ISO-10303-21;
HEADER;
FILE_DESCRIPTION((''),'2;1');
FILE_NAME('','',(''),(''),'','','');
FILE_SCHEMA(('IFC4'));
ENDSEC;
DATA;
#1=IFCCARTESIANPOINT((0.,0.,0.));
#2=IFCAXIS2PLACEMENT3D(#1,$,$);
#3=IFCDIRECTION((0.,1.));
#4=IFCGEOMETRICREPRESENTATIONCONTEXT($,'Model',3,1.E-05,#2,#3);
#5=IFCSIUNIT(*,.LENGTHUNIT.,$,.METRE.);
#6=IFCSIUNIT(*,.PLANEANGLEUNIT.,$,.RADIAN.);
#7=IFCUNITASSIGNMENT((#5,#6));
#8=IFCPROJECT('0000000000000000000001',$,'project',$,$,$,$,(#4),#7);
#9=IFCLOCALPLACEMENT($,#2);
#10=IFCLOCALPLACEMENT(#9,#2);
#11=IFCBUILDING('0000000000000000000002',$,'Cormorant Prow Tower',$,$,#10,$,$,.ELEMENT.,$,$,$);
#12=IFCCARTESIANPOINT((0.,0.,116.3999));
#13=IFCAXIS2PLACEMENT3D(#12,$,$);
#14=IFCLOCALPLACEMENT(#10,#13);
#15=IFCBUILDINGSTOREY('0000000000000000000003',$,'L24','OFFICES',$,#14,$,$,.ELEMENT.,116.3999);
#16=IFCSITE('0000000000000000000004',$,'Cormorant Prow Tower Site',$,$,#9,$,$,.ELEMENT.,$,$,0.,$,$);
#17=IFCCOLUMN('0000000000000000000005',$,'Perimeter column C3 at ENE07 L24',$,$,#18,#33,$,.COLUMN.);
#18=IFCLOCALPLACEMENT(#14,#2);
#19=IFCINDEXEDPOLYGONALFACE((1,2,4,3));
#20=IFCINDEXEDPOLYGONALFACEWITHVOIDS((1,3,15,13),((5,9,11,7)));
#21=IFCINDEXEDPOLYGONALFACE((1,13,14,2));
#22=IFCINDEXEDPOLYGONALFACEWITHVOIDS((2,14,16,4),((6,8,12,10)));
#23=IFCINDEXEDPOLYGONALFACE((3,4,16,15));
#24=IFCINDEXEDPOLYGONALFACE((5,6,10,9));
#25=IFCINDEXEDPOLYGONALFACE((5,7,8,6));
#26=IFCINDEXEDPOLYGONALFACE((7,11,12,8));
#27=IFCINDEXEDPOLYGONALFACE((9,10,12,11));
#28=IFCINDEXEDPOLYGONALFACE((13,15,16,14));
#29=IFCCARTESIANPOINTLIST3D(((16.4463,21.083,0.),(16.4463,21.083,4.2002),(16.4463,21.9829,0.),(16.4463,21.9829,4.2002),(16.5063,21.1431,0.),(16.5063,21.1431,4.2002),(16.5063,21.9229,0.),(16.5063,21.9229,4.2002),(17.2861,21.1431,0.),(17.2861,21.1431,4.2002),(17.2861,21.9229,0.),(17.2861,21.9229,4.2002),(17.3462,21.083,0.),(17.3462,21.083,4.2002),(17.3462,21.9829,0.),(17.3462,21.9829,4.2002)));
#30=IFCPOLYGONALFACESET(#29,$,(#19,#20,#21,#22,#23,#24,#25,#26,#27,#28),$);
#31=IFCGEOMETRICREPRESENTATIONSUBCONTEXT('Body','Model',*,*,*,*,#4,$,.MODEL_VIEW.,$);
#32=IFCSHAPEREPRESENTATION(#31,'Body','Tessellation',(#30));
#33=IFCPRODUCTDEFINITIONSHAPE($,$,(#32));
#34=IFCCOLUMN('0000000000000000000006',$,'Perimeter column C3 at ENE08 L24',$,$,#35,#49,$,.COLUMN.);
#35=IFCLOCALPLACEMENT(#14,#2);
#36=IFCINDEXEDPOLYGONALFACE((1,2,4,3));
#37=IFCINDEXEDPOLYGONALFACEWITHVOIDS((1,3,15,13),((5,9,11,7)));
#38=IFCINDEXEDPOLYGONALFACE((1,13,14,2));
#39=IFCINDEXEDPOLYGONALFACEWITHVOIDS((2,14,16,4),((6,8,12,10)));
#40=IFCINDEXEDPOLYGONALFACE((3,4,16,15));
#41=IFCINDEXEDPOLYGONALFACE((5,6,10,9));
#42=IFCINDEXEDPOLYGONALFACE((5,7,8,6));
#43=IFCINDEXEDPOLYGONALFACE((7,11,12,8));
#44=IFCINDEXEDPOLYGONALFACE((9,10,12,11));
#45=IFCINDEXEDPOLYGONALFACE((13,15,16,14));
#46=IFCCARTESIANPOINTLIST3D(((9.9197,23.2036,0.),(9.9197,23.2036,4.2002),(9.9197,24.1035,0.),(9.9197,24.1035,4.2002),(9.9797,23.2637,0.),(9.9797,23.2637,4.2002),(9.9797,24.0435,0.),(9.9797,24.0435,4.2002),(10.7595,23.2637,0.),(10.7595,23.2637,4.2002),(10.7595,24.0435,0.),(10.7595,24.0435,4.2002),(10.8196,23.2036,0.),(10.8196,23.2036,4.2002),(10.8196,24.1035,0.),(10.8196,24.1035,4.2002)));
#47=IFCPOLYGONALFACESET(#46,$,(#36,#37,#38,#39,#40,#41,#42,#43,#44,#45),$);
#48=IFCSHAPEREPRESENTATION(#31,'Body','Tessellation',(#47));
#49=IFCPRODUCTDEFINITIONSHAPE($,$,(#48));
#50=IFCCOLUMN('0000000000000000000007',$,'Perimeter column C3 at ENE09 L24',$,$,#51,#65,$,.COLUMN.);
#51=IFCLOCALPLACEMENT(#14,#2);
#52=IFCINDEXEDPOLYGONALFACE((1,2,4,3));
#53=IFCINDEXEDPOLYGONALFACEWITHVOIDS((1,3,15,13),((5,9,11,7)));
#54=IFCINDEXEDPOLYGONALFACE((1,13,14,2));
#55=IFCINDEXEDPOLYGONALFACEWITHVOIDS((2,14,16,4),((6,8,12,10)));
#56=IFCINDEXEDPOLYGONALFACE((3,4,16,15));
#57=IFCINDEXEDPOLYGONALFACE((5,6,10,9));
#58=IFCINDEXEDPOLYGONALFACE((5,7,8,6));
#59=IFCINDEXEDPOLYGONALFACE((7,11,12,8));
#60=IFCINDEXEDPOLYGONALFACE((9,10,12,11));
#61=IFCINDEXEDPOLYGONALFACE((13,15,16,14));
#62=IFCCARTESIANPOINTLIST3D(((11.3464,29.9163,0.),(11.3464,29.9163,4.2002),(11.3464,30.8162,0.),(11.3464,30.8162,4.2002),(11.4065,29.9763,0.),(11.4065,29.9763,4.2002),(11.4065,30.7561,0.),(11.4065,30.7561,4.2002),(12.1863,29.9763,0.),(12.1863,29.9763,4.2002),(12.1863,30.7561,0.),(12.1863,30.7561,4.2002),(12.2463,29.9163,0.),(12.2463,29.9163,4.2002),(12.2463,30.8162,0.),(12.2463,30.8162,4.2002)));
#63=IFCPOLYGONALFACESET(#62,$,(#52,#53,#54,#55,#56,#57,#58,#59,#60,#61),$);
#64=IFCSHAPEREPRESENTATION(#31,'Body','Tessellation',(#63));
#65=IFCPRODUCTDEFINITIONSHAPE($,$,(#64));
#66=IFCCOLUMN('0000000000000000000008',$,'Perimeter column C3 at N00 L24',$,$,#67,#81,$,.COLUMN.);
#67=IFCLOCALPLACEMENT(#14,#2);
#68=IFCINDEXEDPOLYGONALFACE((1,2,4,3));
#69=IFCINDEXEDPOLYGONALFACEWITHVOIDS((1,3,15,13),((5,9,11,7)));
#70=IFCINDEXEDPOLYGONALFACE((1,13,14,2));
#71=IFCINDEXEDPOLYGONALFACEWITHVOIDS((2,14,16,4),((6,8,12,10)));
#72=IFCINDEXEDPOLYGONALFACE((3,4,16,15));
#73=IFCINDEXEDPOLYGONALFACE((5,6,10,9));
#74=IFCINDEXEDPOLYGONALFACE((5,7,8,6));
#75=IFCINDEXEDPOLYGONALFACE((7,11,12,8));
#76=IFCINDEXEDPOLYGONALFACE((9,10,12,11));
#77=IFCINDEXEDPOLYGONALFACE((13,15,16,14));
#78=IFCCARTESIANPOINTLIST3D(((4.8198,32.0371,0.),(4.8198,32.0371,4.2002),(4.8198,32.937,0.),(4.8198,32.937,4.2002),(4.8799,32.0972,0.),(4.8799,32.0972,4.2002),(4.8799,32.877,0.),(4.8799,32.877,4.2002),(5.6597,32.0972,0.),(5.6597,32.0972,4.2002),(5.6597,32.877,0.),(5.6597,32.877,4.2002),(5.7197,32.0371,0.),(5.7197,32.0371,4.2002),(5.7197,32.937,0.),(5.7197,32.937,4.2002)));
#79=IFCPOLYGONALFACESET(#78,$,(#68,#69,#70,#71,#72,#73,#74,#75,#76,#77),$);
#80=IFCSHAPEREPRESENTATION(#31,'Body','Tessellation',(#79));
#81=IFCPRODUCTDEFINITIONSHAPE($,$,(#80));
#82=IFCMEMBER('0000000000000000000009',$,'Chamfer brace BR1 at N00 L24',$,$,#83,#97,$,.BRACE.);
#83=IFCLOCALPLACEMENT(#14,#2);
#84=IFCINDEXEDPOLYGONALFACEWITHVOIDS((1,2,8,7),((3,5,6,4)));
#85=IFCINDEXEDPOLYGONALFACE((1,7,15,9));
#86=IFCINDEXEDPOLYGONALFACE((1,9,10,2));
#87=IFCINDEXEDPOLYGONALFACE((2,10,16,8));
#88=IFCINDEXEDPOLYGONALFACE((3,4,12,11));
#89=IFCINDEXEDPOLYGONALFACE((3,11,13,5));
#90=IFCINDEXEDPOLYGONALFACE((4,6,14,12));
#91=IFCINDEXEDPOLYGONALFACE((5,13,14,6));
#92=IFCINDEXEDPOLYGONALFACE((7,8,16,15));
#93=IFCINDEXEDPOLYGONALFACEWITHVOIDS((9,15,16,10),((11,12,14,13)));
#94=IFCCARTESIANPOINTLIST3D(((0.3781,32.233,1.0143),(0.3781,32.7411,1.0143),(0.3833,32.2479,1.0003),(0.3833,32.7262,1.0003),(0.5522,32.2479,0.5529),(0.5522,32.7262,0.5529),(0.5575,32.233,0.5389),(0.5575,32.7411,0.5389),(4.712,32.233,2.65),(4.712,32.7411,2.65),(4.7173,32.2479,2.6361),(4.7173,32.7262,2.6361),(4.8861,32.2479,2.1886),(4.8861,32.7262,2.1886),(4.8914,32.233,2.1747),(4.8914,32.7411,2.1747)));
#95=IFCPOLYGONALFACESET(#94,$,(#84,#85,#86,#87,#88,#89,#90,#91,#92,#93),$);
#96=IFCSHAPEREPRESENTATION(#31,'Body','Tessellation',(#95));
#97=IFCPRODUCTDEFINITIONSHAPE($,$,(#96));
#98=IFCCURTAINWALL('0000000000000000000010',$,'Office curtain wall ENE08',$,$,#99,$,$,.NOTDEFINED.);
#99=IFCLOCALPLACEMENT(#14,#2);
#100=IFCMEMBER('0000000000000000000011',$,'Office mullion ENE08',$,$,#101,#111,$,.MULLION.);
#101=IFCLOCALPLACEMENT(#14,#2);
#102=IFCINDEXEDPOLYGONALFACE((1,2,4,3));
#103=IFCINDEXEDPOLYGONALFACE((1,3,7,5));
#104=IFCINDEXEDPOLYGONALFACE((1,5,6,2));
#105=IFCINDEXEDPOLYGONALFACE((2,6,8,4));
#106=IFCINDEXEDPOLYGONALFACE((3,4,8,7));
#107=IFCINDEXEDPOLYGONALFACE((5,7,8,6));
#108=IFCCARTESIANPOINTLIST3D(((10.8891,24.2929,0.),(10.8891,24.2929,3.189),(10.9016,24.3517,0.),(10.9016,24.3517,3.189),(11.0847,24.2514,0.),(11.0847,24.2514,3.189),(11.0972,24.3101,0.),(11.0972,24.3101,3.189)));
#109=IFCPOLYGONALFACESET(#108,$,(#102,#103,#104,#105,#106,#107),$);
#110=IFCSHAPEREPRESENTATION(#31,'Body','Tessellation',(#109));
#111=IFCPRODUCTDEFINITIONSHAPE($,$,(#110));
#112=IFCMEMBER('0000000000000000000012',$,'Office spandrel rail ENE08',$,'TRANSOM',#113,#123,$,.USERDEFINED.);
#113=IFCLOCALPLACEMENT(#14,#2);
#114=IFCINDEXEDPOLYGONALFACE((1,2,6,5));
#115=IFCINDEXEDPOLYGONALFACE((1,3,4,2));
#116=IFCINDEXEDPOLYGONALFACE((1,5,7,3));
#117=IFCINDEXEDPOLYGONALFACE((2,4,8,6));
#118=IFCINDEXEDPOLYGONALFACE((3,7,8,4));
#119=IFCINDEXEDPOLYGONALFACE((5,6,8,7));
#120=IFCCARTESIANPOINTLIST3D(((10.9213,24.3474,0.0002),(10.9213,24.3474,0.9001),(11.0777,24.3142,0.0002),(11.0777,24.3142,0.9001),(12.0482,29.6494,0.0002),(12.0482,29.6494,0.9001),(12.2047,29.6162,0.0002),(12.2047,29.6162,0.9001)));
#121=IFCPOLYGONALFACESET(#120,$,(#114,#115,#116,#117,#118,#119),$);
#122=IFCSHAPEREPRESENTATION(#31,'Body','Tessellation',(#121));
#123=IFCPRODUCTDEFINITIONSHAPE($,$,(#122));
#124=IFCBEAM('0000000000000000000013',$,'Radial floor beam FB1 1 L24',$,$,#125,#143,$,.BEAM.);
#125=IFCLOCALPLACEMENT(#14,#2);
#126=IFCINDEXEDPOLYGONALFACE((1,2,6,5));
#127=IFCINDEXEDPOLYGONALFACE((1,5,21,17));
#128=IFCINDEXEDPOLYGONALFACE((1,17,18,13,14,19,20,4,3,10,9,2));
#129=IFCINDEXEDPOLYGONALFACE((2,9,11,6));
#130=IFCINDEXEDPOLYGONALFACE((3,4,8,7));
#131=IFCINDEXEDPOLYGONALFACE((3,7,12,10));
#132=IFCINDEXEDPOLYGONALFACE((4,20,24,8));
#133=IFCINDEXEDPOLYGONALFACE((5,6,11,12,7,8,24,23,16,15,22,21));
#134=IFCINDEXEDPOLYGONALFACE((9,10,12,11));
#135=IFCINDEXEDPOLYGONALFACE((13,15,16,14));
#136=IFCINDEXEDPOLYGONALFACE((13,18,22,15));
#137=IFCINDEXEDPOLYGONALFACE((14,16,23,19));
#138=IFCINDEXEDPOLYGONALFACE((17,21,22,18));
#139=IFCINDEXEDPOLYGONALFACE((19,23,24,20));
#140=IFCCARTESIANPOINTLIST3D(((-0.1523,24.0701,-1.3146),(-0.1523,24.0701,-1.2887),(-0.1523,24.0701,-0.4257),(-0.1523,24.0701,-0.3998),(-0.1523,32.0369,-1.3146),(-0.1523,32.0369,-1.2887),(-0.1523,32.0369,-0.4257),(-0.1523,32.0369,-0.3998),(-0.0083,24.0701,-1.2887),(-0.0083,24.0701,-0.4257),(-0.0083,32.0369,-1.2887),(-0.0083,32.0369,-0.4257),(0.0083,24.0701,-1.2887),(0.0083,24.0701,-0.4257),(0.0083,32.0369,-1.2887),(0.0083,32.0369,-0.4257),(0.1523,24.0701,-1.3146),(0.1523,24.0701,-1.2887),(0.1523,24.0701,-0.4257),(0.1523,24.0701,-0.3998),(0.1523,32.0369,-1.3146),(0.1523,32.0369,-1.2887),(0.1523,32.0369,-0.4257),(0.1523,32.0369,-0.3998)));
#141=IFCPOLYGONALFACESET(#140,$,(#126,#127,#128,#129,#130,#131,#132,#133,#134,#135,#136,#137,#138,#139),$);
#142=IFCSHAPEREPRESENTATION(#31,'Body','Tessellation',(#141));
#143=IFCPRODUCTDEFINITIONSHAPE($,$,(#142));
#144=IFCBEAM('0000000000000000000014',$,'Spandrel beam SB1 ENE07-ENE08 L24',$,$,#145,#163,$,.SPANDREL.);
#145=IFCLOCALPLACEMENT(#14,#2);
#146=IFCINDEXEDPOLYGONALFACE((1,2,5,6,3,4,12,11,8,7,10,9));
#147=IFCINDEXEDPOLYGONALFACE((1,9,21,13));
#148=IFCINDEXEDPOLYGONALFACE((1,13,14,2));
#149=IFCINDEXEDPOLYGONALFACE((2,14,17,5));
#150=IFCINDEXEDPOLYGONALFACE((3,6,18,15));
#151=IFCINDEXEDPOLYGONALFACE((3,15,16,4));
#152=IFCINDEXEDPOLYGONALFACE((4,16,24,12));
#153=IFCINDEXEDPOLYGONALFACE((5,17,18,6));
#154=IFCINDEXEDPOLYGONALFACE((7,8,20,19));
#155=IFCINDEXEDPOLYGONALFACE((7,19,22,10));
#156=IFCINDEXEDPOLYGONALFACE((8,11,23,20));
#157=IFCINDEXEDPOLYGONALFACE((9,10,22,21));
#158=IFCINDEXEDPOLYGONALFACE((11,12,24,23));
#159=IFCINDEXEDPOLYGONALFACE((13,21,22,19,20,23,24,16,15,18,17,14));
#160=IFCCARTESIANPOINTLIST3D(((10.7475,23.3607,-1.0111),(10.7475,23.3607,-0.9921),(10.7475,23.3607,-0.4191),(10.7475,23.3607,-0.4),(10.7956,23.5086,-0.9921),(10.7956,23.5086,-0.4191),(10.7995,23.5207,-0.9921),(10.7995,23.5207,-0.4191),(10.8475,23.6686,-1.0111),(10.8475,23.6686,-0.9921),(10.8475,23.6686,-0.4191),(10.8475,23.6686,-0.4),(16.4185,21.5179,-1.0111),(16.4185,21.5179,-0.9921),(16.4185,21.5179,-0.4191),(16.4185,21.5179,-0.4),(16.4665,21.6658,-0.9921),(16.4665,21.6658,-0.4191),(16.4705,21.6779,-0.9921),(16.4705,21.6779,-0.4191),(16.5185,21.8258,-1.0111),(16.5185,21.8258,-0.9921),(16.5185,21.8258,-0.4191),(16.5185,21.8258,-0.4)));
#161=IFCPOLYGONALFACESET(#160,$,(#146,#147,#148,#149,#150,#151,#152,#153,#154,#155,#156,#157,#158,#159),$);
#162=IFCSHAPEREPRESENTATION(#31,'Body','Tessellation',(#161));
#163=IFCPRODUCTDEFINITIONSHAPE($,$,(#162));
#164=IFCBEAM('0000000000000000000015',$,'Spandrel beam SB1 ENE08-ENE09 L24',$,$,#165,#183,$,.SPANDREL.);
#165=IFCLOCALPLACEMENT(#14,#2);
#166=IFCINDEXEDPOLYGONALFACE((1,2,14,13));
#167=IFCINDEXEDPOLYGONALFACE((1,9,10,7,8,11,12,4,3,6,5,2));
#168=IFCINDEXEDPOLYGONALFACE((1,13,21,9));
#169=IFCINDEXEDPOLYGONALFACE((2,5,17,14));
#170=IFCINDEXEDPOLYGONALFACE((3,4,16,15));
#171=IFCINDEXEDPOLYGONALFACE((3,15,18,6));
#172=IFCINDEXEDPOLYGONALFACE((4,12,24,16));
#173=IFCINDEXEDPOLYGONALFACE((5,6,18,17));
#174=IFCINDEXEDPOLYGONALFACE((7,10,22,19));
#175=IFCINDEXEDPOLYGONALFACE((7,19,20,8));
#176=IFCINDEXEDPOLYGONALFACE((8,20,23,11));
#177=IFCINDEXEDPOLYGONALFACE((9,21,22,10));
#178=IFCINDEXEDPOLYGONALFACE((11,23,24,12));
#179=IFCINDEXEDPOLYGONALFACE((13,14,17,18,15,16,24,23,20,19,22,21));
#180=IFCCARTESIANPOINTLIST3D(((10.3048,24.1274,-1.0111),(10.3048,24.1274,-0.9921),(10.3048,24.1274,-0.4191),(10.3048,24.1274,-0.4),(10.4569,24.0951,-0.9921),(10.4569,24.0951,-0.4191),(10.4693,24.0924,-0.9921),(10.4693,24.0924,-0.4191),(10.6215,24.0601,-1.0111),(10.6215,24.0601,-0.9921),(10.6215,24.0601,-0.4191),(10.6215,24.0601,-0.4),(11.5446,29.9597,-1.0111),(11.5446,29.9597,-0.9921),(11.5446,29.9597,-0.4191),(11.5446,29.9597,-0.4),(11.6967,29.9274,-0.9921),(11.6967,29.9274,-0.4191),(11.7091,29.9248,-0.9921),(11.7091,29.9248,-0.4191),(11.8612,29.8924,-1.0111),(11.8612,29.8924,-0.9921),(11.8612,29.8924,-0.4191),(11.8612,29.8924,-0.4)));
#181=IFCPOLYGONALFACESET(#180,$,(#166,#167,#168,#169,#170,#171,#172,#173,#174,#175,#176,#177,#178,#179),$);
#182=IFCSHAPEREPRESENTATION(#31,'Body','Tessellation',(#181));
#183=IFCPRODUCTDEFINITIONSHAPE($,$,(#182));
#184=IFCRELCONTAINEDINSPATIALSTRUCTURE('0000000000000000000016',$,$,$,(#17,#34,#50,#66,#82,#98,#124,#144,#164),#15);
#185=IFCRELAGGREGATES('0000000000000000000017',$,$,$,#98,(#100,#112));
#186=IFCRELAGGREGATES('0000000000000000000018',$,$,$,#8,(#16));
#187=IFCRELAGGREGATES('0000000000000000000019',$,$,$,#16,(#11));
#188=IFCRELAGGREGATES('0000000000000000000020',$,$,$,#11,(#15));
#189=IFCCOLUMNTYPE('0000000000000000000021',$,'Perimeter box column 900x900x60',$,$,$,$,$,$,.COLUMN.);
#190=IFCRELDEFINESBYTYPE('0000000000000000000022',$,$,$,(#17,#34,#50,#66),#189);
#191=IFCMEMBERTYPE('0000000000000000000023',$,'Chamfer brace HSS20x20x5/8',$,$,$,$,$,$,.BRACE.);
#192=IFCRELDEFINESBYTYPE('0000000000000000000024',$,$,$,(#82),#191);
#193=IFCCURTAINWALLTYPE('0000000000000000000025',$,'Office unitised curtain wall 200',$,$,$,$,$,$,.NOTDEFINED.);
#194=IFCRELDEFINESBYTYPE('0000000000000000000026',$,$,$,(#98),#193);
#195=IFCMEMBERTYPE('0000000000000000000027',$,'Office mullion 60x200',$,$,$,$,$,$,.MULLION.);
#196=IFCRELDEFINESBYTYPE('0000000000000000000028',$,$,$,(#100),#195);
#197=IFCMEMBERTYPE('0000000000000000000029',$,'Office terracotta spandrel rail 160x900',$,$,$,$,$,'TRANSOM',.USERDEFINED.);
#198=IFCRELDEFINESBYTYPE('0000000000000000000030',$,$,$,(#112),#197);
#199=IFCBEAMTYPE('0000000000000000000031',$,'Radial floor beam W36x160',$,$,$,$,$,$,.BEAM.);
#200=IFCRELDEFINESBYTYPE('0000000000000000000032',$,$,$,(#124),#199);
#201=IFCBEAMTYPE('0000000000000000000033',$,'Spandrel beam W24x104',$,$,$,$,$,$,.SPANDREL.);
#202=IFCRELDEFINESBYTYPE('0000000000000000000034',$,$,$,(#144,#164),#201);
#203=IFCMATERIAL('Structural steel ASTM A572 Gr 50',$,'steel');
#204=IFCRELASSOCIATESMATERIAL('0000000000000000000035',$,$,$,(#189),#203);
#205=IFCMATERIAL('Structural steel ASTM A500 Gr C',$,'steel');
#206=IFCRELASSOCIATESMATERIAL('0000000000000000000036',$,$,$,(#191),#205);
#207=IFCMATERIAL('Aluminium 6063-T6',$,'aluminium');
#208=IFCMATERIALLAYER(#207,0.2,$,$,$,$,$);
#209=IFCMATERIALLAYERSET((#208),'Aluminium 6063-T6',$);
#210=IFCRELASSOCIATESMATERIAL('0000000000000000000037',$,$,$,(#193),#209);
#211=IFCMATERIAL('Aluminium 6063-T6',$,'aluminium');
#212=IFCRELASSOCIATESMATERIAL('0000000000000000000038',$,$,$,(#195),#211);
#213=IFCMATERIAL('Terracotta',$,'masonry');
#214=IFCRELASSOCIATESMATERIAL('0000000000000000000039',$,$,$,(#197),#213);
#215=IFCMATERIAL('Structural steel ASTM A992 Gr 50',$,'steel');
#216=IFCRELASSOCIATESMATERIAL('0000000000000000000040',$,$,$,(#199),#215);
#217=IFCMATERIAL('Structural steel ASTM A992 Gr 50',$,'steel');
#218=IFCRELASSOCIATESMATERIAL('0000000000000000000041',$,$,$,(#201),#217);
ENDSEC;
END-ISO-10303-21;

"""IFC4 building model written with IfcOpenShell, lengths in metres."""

from ifc_helpers import new_model, si_unit, direction, frame, origin, origin_2d, place, context, subcontext, project, spatial, rectangle, hollow_rectangle, i_section, extrude, material, layer, layer_set, material_profile, profile_set, type_object, element, aggregate, save


model = new_model("IFC4")

# Units and contexts
model_context = context("Model", 3, precision=1e-05, world=origin(), true_north=direction((0.0, 1.0)))
body_context = subcontext(model_context, "Body", "Model", "MODEL_VIEW")
ifc_project = project(units=[si_unit("LENGTHUNIT", "METRE"), si_unit("PLANEANGLEUNIT", "RADIAN")], contexts=[model_context])

# Site, building, storey
site_placement = place(None, origin())
site = spatial("IfcSite", under=ifc_project, at=site_placement, Name="Cormorant Prow Tower Site", CompositionType="ELEMENT", RefElevation=0.0)
building_placement = place(site_placement, origin())
building = spatial("IfcBuilding", under=site, at=building_placement, Name="Cormorant Prow Tower", CompositionType="ELEMENT")
storey_placement = place(building_placement, frame((0.0, 0.0, 116.3999)))
storey = spatial("IfcBuildingStorey", under=building, at=storey_placement, Name="L24", Description="OFFICES", CompositionType="ELEMENT", Elevation=116.3999)

# Columns
ifc_material_1 = material(Name="Structural steel ASTM A572 Gr 50", Category="steel")
ifc_material_profile_1 = material_profile(ifc_material_1, hollow_rectangle(XDim=0.8999, YDim=0.8999, WallThickness=0.0601, at=origin_2d()), Name="Box 900x900x60")
ifc_profile_set_1 = profile_set([ifc_material_profile_1], Name="Structural steel ASTM A572 Gr 50")
column_type = type_object("IfcColumnType", Name="Perimeter box column 900x900x60", PredefinedType="COLUMN", material=ifc_profile_set_1)
for number, where, z_axis, x_axis, name in (
    (1, (16.8962, 21.533, 0.0), (0.0, 0.0, 1.0), (1.0, 0.0, 0.0), "Perimeter column C3 at ENE07 L24"),
    (2, (10.3696, 23.6536, 0.0), (0.0, 0.0, 1.0), (1.0, 0.0, 0.0), "Perimeter column C3 at ENE08 L24"),
    (3, (11.7964, 30.3662, 0.0), (0.0, 0.0, 1.0), (1.0, 0.0, 0.0), "Perimeter column C3 at ENE09 L24"),
    (4, (5.2698, 32.4871, 0.0), (0.0, 0.0, 1.0), (1.0, 0.0, 0.0), "Perimeter column C3 at N00 L24"),
):
    element("IfcColumn", number, at=place(storey_placement, frame(where, z_axis=z_axis, x_axis=x_axis)), inside=storey, type_object=column_type, Name=name, PredefinedType="COLUMN", context=body_context, shape_type="SweptSolid", body=[
        extrude(hollow_rectangle(XDim=0.8999, YDim=0.8999, WallThickness=0.0601, at=origin_2d()), origin(), (0.0, 0.0, 1.0), 4.2002),
    ])

# Member
ifc_material_2 = material(Name="Structural steel ASTM A500 Gr C", Category="steel")
ifc_material_profile_2 = material_profile(ifc_material_2, hollow_rectangle(XDim=0.5081, YDim=0.5081, WallThickness=0.0149, at=origin_2d()), Name="HSS20x20x5/8")
ifc_profile_set_2 = profile_set([ifc_material_profile_2], Name="Structural steel ASTM A500 Gr C")
member_type_1 = type_object("IfcMemberType", Name="Chamfer brace HSS20x20x5/8", PredefinedType="BRACE", material=ifc_profile_set_2)
member_1_placement = place(storey_placement, frame((0.4678, 32.4871, 0.7766), z_axis=(0.935582, 0.0, 0.353109), x_axis=(0.0, 1.0, 0.0)))
element("IfcMember", 5, at=member_1_placement, inside=storey, type_object=member_type_1, Name="Chamfer brace BR1 at N00 L24", PredefinedType="BRACE", context=body_context, shape_type="SweptSolid", body=[
    extrude(hollow_rectangle(XDim=0.5081, YDim=0.5081, WallThickness=0.0149, at=origin_2d()), origin(), (0.0, 0.0, 1.0), 4.6323),
])

# Curtain wall, members
ifc_material_3 = material(Name="Aluminium 6063-T6", Category="aluminium")
ifc_layer_1 = layer(ifc_material_3, 0.2)
ifc_layer_set_1 = layer_set([ifc_layer_1], Name="Aluminium 6063-T6")
curtain_wall_type = type_object("IfcCurtainWallType", Name="Office unitised curtain wall 200", PredefinedType="NOTDEFINED", material=ifc_layer_set_1)
curtain_wall_placement = place(storey_placement, origin())
curtain_wall = element("IfcCurtainWall", 6, at=curtain_wall_placement, inside=storey, type_object=curtain_wall_type, Name="Office curtain wall ENE08", PredefinedType="NOTDEFINED")
ifc_material_4 = material(Name="Aluminium 6063-T6", Category="aluminium")
ifc_material_profile_3 = material_profile(ifc_material_4, rectangle(XDim=0.2, YDim=0.0601, at=origin_2d()), Name="Office mullion 60x200")
ifc_profile_set_3 = profile_set([ifc_material_profile_3], Name="Aluminium 6063-T6")
member_type_2 = type_object("IfcMemberType", Name="Office mullion 60x200", PredefinedType="MULLION", material=ifc_profile_set_3)
member_2_placement = place(storey_placement, frame((10.9932, 24.3015, 0.0), z_axis=(0.0, 0.0, 1.0), x_axis=(-0.978148, 0.207912, 0.0)))
member_2 = element("IfcMember", 7, at=member_2_placement, type_object=member_type_2, Name="Office mullion ENE08", PredefinedType="MULLION", context=body_context, shape_type="SweptSolid", body=[
    extrude(rectangle(XDim=0.2, YDim=0.0601, at=origin_2d()), origin(), (0.0, 0.0, 1.0), 3.189),
])
ifc_material_5 = material(Name="Terracotta", Category="masonry")
ifc_material_profile_4 = material_profile(ifc_material_5, rectangle(XDim=0.1599, YDim=0.8999, at=origin_2d()), Name="Office terracotta spandrel rail 160x900")
ifc_profile_set_4 = profile_set([ifc_material_profile_4], Name="Terracotta")
member_type_3 = type_object("IfcMemberType", Name="Office terracotta spandrel rail 160x900", ElementType="TRANSOM", PredefinedType="USERDEFINED", material=ifc_profile_set_4)
member_3_placement = place(storey_placement, frame((10.9995, 24.3308, 0.4502), z_axis=(0.207908, 0.978148, 0.0), x_axis=(-0.978148, 0.207908, 0.0)))
member_3 = element("IfcMember", 8, at=member_3_placement, type_object=member_type_3, Name="Office spandrel rail ENE08", ObjectType="TRANSOM", PredefinedType="USERDEFINED", context=body_context, shape_type="SweptSolid", body=[
    extrude(rectangle(XDim=0.1599, YDim=0.8999, at=origin_2d()), origin(), (0.0, 0.0, 1.0), 5.4204),
])

# Beams
ifc_material_6 = material(Name="Structural steel ASTM A992 Gr 50", Category="steel")
ifc_material_profile_5 = material_profile(ifc_material_6, i_section(OverallWidth=0.3047, OverallDepth=0.9148, WebThickness=0.0166, FlangeThickness=0.0259, at=origin_2d()), Name="W36x160")
ifc_profile_set_5 = profile_set([ifc_material_profile_5], Name="Structural steel ASTM A992 Gr 50")
beam_type_1 = type_object("IfcBeamType", Name="Radial floor beam W36x160", PredefinedType="BEAM", material=ifc_profile_set_5)
beam_1_placement = place(storey_placement, frame((0.0, 24.0701, -0.8572), z_axis=(0.0, 1.0, 0.0), x_axis=(-1.0, 0.0, 0.0)))
element("IfcBeam", 9, at=beam_1_placement, inside=storey, type_object=beam_type_1, Name="Radial floor beam FB1 1 L24", PredefinedType="BEAM", context=body_context, shape_type="SweptSolid", body=[
    extrude(i_section(OverallWidth=0.3047, OverallDepth=0.9148, WebThickness=0.0166, FlangeThickness=0.0259, at=origin_2d()), origin(), (0.0, 0.0, 1.0), 7.9668),
])
ifc_material_7 = material(Name="Structural steel ASTM A992 Gr 50", Category="steel")
ifc_material_profile_6 = material_profile(ifc_material_7, i_section(OverallWidth=0.3237, OverallDepth=0.6111, WebThickness=0.0127, FlangeThickness=0.019, at=origin_2d()), Name="W24x104")
ifc_profile_set_6 = profile_set([ifc_material_profile_6], Name="Structural steel ASTM A992 Gr 50")
beam_type_2 = type_object("IfcBeamType", Name="Spandrel beam W24x104", PredefinedType="SPANDREL", material=ifc_profile_set_6)
beam_2_placement = place(storey_placement, frame((16.4685, 21.6719, -0.7056), z_axis=(-0.951047, 0.309045, 0.0), x_axis=(-0.309045, -0.951047, 0.0)))
element("IfcBeam", 10, at=beam_2_placement, inside=storey, type_object=beam_type_2, Name="Spandrel beam SB1 ENE07-ENE08 L24", PredefinedType="SPANDREL", context=body_context, shape_type="SweptSolid", body=[
    extrude(i_section(OverallWidth=0.3237, OverallDepth=0.6111, WebThickness=0.0127, FlangeThickness=0.019, at=origin_2d()), origin(), (0.0, 0.0, 1.0), 5.9629),
])
beam_3_placement = place(storey_placement, frame((10.4631, 24.0938, -0.7056), z_axis=(0.207921, 0.978146, 0.0), x_axis=(-0.978146, 0.207921, 0.0)))
element("IfcBeam", 11, at=beam_3_placement, inside=storey, type_object=beam_type_2, Name="Spandrel beam SB1 ENE08-ENE09 L24", PredefinedType="SPANDREL", context=body_context, shape_type="SweptSolid", body=[
    extrude(i_section(OverallWidth=0.3237, OverallDepth=0.6111, WebThickness=0.0127, FlangeThickness=0.019, at=origin_2d()), origin(), (0.0, 0.0, 1.0), 5.9626),
])

aggregate(curtain_wall, [member_2, member_3])

save(model, "model.ifc")
